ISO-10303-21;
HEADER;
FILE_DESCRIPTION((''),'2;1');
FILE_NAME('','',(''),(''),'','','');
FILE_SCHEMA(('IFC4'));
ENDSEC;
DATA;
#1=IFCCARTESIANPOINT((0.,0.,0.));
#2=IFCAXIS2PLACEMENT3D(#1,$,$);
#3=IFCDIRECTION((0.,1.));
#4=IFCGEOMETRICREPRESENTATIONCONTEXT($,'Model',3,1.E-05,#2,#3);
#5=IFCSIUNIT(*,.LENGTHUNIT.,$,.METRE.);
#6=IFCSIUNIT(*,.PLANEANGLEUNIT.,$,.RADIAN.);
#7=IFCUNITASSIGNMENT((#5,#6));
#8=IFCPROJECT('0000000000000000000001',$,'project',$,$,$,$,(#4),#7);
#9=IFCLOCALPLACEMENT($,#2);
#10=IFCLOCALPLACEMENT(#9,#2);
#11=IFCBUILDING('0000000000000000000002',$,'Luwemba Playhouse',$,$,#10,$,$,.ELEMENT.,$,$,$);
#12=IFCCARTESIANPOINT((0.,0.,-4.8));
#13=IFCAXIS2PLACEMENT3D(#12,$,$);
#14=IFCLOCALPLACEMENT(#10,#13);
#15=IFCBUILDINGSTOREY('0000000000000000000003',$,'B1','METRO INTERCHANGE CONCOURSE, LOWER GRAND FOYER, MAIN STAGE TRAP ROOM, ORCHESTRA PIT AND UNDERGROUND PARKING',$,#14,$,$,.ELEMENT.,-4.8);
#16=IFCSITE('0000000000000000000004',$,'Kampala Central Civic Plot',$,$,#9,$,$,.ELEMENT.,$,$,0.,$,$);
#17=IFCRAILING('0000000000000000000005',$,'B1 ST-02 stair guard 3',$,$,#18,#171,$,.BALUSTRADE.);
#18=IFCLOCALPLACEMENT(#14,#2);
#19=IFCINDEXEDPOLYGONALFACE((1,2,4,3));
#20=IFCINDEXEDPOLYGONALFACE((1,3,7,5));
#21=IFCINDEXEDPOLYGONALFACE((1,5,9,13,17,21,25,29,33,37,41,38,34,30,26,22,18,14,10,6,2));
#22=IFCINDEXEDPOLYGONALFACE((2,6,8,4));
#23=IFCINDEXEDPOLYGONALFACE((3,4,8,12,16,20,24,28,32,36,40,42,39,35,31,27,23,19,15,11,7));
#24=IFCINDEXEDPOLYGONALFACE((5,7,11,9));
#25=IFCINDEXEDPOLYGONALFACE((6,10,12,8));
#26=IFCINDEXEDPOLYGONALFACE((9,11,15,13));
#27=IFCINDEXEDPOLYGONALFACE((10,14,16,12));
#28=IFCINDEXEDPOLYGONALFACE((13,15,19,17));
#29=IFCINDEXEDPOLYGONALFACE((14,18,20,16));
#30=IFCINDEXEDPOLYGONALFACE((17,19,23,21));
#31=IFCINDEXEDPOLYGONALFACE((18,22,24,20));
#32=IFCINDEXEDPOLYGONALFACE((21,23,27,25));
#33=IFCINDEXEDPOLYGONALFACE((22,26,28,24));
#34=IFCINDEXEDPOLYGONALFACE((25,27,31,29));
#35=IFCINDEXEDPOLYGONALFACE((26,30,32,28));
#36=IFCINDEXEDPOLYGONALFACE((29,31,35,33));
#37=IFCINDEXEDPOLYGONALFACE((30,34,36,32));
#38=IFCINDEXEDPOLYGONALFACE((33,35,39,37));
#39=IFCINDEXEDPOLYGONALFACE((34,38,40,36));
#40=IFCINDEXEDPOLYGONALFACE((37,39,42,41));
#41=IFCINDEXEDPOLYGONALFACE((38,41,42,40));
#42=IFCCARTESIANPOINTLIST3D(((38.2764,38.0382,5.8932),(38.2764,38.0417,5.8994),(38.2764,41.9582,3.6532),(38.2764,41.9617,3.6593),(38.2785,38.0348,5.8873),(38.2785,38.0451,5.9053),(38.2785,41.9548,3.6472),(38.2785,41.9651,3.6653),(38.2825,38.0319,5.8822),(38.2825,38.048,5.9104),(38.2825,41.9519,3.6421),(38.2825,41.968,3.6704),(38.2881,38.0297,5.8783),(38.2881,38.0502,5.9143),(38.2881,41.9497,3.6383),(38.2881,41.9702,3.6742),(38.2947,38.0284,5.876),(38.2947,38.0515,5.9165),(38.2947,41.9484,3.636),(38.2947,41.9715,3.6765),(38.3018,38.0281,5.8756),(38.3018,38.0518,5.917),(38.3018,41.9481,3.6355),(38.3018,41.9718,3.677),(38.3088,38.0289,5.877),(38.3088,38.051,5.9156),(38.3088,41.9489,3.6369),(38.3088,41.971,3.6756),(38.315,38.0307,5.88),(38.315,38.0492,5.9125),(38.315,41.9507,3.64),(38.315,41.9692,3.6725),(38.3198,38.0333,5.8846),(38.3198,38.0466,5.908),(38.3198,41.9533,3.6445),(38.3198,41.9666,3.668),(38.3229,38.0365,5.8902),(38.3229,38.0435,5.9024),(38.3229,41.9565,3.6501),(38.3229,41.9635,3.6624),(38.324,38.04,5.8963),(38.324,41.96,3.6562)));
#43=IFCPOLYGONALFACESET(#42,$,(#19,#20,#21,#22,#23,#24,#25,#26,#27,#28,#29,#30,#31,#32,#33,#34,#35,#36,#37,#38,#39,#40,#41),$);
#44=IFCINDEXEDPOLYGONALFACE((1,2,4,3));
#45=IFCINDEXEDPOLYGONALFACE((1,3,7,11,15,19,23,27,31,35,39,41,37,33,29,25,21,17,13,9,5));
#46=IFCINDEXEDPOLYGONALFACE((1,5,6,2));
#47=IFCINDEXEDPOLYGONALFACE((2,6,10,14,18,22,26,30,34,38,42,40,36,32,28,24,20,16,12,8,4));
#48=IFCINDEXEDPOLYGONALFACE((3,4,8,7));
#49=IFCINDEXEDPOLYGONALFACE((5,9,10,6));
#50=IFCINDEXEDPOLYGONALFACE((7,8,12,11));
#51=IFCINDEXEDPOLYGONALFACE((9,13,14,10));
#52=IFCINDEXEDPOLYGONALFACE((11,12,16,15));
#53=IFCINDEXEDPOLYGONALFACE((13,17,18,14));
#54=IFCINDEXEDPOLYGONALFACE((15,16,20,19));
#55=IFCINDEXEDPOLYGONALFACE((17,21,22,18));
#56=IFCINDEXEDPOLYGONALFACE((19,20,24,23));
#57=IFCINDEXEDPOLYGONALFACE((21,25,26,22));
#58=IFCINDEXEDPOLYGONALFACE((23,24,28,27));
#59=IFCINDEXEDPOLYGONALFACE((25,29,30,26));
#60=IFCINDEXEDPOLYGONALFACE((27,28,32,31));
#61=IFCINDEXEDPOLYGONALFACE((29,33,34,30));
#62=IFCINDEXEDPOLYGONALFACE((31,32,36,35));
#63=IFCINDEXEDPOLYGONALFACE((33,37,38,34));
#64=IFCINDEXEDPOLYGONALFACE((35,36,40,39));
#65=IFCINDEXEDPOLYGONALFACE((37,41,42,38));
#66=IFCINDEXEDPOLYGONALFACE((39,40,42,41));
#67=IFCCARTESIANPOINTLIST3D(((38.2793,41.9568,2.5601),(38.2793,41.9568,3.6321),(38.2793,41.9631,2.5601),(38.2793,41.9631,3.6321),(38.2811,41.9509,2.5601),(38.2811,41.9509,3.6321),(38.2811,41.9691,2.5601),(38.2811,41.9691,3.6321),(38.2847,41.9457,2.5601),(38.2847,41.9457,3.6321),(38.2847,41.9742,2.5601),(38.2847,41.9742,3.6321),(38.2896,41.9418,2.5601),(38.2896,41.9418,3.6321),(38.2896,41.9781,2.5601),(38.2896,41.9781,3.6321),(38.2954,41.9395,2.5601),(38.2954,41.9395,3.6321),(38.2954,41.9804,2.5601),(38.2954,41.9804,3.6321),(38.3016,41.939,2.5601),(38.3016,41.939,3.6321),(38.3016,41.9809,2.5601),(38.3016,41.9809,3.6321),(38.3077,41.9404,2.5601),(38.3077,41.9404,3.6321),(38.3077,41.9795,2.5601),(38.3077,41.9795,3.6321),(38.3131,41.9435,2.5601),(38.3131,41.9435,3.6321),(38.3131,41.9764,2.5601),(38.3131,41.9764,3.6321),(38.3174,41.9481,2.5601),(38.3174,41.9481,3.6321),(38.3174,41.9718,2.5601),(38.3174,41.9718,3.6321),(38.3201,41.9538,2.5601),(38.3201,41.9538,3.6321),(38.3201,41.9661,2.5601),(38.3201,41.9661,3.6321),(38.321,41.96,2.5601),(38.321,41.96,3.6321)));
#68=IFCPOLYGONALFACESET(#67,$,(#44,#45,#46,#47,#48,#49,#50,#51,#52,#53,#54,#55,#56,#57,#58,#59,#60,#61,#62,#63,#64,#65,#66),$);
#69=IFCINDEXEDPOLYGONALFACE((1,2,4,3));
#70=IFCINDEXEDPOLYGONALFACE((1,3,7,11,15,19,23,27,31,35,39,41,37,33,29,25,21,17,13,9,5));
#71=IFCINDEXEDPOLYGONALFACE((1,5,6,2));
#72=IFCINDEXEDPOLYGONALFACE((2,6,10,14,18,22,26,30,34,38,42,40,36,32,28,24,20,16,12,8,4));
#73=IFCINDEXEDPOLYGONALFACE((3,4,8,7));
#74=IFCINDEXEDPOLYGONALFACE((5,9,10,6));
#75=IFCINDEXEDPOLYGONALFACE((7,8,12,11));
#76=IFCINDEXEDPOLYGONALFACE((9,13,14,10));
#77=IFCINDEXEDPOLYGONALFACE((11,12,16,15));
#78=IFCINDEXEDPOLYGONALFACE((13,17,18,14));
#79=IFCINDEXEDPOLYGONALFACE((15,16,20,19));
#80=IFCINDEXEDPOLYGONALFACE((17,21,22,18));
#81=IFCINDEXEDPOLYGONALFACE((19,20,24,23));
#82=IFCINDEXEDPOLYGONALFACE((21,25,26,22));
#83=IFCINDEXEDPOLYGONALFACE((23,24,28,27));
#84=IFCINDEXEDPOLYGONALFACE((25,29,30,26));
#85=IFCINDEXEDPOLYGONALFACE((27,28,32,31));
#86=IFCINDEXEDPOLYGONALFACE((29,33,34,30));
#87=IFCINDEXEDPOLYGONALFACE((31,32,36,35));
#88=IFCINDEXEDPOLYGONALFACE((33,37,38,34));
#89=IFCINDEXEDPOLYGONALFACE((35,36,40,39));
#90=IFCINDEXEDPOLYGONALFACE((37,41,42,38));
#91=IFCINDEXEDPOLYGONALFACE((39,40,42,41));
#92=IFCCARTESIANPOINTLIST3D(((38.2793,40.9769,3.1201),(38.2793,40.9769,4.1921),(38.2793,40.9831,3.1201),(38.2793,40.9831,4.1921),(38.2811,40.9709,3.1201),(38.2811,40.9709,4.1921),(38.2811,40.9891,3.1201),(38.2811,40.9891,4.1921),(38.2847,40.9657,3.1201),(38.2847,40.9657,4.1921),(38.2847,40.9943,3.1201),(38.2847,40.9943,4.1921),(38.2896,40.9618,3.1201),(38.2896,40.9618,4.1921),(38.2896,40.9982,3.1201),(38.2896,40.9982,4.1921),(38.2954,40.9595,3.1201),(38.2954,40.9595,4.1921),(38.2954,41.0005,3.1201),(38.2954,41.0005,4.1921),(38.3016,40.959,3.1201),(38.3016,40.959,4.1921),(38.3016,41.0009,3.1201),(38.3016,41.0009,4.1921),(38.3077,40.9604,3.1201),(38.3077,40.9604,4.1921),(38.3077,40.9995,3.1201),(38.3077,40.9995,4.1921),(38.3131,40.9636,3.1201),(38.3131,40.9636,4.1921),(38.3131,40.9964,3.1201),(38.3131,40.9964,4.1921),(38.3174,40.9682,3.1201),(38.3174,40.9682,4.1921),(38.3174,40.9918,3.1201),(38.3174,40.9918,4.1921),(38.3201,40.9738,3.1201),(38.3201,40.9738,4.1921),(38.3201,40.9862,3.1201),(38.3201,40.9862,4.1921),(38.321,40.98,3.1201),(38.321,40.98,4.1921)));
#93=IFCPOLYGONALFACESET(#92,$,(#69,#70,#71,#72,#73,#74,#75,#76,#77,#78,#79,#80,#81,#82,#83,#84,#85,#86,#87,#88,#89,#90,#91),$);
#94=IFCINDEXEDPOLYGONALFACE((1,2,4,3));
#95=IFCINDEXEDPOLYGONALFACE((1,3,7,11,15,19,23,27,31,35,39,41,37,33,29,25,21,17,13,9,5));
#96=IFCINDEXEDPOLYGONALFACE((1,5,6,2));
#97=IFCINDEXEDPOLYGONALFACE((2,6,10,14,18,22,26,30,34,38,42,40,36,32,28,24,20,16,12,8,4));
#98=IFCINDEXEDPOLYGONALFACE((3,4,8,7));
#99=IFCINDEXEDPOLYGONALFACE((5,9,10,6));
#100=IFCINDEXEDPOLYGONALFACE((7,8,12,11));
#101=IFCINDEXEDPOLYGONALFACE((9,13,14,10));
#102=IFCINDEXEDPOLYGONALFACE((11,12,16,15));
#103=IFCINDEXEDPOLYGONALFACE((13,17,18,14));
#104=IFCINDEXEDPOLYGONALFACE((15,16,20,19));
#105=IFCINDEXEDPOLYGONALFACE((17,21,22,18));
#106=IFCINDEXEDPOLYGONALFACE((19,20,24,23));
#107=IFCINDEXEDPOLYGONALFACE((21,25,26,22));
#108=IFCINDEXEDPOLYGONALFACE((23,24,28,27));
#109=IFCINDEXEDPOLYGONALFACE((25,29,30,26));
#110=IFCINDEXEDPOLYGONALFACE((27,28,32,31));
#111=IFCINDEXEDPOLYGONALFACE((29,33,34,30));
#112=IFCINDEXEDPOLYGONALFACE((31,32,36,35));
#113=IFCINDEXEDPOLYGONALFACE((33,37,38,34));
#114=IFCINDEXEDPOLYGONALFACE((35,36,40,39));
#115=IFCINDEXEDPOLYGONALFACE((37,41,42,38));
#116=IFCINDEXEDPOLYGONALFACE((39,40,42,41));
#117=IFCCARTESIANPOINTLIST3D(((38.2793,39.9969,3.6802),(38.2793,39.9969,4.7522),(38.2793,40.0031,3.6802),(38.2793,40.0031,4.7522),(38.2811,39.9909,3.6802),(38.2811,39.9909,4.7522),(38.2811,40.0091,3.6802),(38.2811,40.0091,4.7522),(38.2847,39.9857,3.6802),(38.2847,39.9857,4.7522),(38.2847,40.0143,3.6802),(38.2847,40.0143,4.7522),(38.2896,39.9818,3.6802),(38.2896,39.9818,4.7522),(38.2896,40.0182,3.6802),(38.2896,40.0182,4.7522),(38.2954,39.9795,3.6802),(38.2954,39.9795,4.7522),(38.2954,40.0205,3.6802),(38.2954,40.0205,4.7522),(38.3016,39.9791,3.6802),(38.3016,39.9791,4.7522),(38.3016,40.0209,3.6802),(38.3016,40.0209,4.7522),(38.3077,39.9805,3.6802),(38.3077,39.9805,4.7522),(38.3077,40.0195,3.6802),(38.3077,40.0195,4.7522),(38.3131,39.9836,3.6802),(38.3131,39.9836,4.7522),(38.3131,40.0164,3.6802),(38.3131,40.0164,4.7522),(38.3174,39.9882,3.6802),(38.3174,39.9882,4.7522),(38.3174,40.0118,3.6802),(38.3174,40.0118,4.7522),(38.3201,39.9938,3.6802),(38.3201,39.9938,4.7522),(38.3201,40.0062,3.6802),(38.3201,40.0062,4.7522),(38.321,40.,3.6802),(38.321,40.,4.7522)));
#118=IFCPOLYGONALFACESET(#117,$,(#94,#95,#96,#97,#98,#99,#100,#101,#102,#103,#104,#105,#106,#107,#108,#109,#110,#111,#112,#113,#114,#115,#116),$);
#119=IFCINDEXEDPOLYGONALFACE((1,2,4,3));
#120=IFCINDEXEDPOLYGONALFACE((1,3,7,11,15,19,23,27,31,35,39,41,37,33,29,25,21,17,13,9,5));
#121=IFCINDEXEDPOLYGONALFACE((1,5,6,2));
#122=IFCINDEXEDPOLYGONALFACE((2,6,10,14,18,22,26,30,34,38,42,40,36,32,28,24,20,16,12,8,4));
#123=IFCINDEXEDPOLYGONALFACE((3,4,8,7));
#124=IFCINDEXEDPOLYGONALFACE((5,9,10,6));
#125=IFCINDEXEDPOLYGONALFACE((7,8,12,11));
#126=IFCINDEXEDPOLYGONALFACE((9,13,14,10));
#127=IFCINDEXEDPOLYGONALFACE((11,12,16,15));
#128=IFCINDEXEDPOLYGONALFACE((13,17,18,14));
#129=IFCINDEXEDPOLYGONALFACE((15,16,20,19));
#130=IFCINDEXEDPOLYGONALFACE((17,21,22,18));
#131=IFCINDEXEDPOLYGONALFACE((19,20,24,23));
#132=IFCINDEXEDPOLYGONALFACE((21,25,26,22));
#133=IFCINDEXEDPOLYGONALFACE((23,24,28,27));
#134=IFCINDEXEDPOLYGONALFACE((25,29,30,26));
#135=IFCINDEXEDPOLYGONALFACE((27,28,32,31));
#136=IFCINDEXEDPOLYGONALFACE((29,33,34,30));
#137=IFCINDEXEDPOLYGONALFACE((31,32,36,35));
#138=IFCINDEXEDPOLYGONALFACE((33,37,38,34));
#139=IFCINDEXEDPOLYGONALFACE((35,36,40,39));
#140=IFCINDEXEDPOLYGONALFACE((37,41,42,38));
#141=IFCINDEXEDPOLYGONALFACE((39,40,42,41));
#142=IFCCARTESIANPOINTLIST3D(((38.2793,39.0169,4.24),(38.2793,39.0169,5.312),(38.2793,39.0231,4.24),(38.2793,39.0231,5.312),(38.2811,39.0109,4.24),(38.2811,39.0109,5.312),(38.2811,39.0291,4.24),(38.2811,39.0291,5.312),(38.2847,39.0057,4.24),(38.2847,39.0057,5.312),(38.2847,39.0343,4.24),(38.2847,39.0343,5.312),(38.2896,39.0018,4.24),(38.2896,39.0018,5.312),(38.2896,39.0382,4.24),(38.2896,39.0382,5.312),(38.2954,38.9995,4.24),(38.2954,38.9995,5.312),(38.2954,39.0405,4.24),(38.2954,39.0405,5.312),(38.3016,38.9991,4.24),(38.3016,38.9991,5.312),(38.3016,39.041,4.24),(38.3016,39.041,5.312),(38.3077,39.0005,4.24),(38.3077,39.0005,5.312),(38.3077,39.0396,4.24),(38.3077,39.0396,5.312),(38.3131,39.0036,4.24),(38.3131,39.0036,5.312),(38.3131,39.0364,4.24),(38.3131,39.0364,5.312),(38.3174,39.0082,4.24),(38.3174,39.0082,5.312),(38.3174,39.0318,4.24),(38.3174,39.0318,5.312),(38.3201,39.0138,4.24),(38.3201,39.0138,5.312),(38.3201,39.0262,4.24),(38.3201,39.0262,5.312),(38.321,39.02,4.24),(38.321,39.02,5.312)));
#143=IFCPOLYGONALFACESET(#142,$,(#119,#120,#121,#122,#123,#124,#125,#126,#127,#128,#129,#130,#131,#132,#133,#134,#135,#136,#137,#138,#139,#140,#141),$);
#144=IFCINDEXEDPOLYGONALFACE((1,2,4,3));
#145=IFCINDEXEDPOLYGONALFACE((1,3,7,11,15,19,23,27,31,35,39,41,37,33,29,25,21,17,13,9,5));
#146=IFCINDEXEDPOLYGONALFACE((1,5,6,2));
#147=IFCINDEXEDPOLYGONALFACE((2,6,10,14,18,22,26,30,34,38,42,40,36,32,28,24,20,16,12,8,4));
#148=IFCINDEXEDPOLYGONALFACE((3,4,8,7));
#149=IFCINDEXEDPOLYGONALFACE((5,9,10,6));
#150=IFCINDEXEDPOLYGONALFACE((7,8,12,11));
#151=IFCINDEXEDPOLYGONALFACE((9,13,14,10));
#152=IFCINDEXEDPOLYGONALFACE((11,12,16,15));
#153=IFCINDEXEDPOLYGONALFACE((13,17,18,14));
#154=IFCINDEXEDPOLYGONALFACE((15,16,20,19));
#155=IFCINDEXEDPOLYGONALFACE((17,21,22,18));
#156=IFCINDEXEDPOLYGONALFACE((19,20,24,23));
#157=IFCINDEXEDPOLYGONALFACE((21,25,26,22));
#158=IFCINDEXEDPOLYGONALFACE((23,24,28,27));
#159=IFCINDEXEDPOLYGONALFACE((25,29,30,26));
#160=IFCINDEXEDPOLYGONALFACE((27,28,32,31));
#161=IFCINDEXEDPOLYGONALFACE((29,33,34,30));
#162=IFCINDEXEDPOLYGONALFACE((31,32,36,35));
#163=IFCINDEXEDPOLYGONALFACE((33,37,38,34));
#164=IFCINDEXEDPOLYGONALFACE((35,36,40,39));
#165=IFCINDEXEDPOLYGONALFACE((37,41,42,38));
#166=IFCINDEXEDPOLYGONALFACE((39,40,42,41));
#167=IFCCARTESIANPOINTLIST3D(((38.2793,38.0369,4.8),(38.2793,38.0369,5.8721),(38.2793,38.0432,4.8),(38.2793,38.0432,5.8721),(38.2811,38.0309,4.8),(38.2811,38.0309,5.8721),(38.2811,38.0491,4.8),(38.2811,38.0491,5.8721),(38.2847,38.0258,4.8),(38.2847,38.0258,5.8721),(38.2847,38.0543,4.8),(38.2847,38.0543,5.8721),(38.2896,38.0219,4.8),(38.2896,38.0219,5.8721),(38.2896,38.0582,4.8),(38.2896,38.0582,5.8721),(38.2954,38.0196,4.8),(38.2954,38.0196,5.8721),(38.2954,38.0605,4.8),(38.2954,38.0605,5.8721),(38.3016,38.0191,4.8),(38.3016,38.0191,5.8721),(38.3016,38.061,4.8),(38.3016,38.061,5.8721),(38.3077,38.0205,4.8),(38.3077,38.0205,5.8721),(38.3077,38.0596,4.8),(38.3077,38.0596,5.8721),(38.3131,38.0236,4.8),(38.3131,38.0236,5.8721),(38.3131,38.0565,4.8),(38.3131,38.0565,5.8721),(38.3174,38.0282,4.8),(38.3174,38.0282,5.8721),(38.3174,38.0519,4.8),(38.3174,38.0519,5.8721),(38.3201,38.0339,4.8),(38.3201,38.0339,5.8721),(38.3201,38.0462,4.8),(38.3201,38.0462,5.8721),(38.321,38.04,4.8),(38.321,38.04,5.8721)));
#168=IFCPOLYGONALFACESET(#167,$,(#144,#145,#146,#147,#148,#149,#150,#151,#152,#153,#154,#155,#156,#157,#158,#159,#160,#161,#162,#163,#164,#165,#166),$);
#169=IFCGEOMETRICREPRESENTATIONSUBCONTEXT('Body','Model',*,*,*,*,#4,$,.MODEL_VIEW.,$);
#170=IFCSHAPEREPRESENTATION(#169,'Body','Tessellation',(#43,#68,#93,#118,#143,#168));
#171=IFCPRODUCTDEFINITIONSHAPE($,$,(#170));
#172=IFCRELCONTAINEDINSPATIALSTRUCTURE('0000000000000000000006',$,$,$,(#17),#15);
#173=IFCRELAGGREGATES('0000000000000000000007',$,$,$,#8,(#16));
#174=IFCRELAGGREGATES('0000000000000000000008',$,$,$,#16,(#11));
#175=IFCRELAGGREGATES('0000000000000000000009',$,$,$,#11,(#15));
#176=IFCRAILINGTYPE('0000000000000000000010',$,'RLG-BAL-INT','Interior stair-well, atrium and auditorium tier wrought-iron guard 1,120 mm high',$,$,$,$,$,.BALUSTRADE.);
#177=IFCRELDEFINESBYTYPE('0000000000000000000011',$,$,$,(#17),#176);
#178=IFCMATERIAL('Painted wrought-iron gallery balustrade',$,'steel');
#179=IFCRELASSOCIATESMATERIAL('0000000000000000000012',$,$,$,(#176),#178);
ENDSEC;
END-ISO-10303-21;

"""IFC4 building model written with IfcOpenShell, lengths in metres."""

from ifc_helpers import new_model, si_unit, direction, frame, origin, origin_2d, place, context, subcontext, project, spatial, circle, extrude, material, type_object, element, save


model = new_model("IFC4")

# Units and contexts
model_context = context("Model", 3, precision=1e-05, world=origin(), true_north=direction((0.0, 1.0)))
body_context = subcontext(model_context, "Body", "Model", "MODEL_VIEW")
ifc_project = project(units=[si_unit("LENGTHUNIT", "METRE"), si_unit("PLANEANGLEUNIT", "RADIAN")], contexts=[model_context])

# Site, building, storey
site_placement = place(None, origin())
site = spatial("IfcSite", under=ifc_project, at=site_placement, Name="Kampala Central Civic Plot", CompositionType="ELEMENT", RefElevation=0.0)
building_placement = place(site_placement, origin())
building = spatial("IfcBuilding", under=site, at=building_placement, Name="Luwemba Playhouse", CompositionType="ELEMENT")
storey_placement = place(building_placement, frame((0.0, 0.0, -4.8)))
storey = spatial("IfcBuildingStorey", under=building, at=storey_placement, Name="B1", Description="METRO INTERCHANGE CONCOURSE, LOWER GRAND FOYER, MAIN STAGE TRAP ROOM, ORCHESTRA PIT AND UNDERGROUND PARKING", CompositionType="ELEMENT", Elevation=-4.8)

# Railing
ifc_material_1 = material(Name="Painted wrought-iron gallery balustrade", Category="steel")
railing_type_1 = type_object("IfcRailingType", Name="RLG-BAL-INT", Description="Interior stair-well, atrium and auditorium tier wrought-iron guard 1,120 mm high", PredefinedType="BALUSTRADE", material=ifc_material_1)
railing_1_placement = place(storey_placement, frame((38.3, 41.96, 2.5601)))
element("IfcRailing", 1, at=railing_1_placement, inside=storey, type_object=railing_type_1, Name="B1 ST-02 stair guard 3", PredefinedType="BALUSTRADE", context=body_context, shape_type="SweptSolid", body=[
    extrude(circle(Radius=0.0239, at=origin_2d()), frame((0.0, 0.0, 1.0962), z_axis=(0.0, -0.86824, 0.496145), x_axis=(1.0, 0.0, 0.0)), (0.0, 0.0, 1.0), 4.5149),
    extrude(circle(Radius=0.021, at=origin_2d()), origin(), (0.0, 0.0, 1.0), 1.072),
    extrude(circle(Radius=0.021, at=origin_2d()), frame((0.0, -0.98, 0.5601)), (0.0, 0.0, 1.0), 1.072),
    extrude(circle(Radius=0.021, at=origin_2d()), frame((0.0, -1.96, 1.1201)), (0.0, 0.0, 1.0), 1.072),
    extrude(circle(Radius=0.021, at=origin_2d()), frame((0.0, -2.9399, 1.6799)), (0.0, 0.0, 1.0), 1.072),
    extrude(circle(Radius=0.021, at=origin_2d()), frame((0.0, -3.9199, 2.24)), (0.0, 0.0, 1.0), 1.072),
])

save(model, "model.ifc")
